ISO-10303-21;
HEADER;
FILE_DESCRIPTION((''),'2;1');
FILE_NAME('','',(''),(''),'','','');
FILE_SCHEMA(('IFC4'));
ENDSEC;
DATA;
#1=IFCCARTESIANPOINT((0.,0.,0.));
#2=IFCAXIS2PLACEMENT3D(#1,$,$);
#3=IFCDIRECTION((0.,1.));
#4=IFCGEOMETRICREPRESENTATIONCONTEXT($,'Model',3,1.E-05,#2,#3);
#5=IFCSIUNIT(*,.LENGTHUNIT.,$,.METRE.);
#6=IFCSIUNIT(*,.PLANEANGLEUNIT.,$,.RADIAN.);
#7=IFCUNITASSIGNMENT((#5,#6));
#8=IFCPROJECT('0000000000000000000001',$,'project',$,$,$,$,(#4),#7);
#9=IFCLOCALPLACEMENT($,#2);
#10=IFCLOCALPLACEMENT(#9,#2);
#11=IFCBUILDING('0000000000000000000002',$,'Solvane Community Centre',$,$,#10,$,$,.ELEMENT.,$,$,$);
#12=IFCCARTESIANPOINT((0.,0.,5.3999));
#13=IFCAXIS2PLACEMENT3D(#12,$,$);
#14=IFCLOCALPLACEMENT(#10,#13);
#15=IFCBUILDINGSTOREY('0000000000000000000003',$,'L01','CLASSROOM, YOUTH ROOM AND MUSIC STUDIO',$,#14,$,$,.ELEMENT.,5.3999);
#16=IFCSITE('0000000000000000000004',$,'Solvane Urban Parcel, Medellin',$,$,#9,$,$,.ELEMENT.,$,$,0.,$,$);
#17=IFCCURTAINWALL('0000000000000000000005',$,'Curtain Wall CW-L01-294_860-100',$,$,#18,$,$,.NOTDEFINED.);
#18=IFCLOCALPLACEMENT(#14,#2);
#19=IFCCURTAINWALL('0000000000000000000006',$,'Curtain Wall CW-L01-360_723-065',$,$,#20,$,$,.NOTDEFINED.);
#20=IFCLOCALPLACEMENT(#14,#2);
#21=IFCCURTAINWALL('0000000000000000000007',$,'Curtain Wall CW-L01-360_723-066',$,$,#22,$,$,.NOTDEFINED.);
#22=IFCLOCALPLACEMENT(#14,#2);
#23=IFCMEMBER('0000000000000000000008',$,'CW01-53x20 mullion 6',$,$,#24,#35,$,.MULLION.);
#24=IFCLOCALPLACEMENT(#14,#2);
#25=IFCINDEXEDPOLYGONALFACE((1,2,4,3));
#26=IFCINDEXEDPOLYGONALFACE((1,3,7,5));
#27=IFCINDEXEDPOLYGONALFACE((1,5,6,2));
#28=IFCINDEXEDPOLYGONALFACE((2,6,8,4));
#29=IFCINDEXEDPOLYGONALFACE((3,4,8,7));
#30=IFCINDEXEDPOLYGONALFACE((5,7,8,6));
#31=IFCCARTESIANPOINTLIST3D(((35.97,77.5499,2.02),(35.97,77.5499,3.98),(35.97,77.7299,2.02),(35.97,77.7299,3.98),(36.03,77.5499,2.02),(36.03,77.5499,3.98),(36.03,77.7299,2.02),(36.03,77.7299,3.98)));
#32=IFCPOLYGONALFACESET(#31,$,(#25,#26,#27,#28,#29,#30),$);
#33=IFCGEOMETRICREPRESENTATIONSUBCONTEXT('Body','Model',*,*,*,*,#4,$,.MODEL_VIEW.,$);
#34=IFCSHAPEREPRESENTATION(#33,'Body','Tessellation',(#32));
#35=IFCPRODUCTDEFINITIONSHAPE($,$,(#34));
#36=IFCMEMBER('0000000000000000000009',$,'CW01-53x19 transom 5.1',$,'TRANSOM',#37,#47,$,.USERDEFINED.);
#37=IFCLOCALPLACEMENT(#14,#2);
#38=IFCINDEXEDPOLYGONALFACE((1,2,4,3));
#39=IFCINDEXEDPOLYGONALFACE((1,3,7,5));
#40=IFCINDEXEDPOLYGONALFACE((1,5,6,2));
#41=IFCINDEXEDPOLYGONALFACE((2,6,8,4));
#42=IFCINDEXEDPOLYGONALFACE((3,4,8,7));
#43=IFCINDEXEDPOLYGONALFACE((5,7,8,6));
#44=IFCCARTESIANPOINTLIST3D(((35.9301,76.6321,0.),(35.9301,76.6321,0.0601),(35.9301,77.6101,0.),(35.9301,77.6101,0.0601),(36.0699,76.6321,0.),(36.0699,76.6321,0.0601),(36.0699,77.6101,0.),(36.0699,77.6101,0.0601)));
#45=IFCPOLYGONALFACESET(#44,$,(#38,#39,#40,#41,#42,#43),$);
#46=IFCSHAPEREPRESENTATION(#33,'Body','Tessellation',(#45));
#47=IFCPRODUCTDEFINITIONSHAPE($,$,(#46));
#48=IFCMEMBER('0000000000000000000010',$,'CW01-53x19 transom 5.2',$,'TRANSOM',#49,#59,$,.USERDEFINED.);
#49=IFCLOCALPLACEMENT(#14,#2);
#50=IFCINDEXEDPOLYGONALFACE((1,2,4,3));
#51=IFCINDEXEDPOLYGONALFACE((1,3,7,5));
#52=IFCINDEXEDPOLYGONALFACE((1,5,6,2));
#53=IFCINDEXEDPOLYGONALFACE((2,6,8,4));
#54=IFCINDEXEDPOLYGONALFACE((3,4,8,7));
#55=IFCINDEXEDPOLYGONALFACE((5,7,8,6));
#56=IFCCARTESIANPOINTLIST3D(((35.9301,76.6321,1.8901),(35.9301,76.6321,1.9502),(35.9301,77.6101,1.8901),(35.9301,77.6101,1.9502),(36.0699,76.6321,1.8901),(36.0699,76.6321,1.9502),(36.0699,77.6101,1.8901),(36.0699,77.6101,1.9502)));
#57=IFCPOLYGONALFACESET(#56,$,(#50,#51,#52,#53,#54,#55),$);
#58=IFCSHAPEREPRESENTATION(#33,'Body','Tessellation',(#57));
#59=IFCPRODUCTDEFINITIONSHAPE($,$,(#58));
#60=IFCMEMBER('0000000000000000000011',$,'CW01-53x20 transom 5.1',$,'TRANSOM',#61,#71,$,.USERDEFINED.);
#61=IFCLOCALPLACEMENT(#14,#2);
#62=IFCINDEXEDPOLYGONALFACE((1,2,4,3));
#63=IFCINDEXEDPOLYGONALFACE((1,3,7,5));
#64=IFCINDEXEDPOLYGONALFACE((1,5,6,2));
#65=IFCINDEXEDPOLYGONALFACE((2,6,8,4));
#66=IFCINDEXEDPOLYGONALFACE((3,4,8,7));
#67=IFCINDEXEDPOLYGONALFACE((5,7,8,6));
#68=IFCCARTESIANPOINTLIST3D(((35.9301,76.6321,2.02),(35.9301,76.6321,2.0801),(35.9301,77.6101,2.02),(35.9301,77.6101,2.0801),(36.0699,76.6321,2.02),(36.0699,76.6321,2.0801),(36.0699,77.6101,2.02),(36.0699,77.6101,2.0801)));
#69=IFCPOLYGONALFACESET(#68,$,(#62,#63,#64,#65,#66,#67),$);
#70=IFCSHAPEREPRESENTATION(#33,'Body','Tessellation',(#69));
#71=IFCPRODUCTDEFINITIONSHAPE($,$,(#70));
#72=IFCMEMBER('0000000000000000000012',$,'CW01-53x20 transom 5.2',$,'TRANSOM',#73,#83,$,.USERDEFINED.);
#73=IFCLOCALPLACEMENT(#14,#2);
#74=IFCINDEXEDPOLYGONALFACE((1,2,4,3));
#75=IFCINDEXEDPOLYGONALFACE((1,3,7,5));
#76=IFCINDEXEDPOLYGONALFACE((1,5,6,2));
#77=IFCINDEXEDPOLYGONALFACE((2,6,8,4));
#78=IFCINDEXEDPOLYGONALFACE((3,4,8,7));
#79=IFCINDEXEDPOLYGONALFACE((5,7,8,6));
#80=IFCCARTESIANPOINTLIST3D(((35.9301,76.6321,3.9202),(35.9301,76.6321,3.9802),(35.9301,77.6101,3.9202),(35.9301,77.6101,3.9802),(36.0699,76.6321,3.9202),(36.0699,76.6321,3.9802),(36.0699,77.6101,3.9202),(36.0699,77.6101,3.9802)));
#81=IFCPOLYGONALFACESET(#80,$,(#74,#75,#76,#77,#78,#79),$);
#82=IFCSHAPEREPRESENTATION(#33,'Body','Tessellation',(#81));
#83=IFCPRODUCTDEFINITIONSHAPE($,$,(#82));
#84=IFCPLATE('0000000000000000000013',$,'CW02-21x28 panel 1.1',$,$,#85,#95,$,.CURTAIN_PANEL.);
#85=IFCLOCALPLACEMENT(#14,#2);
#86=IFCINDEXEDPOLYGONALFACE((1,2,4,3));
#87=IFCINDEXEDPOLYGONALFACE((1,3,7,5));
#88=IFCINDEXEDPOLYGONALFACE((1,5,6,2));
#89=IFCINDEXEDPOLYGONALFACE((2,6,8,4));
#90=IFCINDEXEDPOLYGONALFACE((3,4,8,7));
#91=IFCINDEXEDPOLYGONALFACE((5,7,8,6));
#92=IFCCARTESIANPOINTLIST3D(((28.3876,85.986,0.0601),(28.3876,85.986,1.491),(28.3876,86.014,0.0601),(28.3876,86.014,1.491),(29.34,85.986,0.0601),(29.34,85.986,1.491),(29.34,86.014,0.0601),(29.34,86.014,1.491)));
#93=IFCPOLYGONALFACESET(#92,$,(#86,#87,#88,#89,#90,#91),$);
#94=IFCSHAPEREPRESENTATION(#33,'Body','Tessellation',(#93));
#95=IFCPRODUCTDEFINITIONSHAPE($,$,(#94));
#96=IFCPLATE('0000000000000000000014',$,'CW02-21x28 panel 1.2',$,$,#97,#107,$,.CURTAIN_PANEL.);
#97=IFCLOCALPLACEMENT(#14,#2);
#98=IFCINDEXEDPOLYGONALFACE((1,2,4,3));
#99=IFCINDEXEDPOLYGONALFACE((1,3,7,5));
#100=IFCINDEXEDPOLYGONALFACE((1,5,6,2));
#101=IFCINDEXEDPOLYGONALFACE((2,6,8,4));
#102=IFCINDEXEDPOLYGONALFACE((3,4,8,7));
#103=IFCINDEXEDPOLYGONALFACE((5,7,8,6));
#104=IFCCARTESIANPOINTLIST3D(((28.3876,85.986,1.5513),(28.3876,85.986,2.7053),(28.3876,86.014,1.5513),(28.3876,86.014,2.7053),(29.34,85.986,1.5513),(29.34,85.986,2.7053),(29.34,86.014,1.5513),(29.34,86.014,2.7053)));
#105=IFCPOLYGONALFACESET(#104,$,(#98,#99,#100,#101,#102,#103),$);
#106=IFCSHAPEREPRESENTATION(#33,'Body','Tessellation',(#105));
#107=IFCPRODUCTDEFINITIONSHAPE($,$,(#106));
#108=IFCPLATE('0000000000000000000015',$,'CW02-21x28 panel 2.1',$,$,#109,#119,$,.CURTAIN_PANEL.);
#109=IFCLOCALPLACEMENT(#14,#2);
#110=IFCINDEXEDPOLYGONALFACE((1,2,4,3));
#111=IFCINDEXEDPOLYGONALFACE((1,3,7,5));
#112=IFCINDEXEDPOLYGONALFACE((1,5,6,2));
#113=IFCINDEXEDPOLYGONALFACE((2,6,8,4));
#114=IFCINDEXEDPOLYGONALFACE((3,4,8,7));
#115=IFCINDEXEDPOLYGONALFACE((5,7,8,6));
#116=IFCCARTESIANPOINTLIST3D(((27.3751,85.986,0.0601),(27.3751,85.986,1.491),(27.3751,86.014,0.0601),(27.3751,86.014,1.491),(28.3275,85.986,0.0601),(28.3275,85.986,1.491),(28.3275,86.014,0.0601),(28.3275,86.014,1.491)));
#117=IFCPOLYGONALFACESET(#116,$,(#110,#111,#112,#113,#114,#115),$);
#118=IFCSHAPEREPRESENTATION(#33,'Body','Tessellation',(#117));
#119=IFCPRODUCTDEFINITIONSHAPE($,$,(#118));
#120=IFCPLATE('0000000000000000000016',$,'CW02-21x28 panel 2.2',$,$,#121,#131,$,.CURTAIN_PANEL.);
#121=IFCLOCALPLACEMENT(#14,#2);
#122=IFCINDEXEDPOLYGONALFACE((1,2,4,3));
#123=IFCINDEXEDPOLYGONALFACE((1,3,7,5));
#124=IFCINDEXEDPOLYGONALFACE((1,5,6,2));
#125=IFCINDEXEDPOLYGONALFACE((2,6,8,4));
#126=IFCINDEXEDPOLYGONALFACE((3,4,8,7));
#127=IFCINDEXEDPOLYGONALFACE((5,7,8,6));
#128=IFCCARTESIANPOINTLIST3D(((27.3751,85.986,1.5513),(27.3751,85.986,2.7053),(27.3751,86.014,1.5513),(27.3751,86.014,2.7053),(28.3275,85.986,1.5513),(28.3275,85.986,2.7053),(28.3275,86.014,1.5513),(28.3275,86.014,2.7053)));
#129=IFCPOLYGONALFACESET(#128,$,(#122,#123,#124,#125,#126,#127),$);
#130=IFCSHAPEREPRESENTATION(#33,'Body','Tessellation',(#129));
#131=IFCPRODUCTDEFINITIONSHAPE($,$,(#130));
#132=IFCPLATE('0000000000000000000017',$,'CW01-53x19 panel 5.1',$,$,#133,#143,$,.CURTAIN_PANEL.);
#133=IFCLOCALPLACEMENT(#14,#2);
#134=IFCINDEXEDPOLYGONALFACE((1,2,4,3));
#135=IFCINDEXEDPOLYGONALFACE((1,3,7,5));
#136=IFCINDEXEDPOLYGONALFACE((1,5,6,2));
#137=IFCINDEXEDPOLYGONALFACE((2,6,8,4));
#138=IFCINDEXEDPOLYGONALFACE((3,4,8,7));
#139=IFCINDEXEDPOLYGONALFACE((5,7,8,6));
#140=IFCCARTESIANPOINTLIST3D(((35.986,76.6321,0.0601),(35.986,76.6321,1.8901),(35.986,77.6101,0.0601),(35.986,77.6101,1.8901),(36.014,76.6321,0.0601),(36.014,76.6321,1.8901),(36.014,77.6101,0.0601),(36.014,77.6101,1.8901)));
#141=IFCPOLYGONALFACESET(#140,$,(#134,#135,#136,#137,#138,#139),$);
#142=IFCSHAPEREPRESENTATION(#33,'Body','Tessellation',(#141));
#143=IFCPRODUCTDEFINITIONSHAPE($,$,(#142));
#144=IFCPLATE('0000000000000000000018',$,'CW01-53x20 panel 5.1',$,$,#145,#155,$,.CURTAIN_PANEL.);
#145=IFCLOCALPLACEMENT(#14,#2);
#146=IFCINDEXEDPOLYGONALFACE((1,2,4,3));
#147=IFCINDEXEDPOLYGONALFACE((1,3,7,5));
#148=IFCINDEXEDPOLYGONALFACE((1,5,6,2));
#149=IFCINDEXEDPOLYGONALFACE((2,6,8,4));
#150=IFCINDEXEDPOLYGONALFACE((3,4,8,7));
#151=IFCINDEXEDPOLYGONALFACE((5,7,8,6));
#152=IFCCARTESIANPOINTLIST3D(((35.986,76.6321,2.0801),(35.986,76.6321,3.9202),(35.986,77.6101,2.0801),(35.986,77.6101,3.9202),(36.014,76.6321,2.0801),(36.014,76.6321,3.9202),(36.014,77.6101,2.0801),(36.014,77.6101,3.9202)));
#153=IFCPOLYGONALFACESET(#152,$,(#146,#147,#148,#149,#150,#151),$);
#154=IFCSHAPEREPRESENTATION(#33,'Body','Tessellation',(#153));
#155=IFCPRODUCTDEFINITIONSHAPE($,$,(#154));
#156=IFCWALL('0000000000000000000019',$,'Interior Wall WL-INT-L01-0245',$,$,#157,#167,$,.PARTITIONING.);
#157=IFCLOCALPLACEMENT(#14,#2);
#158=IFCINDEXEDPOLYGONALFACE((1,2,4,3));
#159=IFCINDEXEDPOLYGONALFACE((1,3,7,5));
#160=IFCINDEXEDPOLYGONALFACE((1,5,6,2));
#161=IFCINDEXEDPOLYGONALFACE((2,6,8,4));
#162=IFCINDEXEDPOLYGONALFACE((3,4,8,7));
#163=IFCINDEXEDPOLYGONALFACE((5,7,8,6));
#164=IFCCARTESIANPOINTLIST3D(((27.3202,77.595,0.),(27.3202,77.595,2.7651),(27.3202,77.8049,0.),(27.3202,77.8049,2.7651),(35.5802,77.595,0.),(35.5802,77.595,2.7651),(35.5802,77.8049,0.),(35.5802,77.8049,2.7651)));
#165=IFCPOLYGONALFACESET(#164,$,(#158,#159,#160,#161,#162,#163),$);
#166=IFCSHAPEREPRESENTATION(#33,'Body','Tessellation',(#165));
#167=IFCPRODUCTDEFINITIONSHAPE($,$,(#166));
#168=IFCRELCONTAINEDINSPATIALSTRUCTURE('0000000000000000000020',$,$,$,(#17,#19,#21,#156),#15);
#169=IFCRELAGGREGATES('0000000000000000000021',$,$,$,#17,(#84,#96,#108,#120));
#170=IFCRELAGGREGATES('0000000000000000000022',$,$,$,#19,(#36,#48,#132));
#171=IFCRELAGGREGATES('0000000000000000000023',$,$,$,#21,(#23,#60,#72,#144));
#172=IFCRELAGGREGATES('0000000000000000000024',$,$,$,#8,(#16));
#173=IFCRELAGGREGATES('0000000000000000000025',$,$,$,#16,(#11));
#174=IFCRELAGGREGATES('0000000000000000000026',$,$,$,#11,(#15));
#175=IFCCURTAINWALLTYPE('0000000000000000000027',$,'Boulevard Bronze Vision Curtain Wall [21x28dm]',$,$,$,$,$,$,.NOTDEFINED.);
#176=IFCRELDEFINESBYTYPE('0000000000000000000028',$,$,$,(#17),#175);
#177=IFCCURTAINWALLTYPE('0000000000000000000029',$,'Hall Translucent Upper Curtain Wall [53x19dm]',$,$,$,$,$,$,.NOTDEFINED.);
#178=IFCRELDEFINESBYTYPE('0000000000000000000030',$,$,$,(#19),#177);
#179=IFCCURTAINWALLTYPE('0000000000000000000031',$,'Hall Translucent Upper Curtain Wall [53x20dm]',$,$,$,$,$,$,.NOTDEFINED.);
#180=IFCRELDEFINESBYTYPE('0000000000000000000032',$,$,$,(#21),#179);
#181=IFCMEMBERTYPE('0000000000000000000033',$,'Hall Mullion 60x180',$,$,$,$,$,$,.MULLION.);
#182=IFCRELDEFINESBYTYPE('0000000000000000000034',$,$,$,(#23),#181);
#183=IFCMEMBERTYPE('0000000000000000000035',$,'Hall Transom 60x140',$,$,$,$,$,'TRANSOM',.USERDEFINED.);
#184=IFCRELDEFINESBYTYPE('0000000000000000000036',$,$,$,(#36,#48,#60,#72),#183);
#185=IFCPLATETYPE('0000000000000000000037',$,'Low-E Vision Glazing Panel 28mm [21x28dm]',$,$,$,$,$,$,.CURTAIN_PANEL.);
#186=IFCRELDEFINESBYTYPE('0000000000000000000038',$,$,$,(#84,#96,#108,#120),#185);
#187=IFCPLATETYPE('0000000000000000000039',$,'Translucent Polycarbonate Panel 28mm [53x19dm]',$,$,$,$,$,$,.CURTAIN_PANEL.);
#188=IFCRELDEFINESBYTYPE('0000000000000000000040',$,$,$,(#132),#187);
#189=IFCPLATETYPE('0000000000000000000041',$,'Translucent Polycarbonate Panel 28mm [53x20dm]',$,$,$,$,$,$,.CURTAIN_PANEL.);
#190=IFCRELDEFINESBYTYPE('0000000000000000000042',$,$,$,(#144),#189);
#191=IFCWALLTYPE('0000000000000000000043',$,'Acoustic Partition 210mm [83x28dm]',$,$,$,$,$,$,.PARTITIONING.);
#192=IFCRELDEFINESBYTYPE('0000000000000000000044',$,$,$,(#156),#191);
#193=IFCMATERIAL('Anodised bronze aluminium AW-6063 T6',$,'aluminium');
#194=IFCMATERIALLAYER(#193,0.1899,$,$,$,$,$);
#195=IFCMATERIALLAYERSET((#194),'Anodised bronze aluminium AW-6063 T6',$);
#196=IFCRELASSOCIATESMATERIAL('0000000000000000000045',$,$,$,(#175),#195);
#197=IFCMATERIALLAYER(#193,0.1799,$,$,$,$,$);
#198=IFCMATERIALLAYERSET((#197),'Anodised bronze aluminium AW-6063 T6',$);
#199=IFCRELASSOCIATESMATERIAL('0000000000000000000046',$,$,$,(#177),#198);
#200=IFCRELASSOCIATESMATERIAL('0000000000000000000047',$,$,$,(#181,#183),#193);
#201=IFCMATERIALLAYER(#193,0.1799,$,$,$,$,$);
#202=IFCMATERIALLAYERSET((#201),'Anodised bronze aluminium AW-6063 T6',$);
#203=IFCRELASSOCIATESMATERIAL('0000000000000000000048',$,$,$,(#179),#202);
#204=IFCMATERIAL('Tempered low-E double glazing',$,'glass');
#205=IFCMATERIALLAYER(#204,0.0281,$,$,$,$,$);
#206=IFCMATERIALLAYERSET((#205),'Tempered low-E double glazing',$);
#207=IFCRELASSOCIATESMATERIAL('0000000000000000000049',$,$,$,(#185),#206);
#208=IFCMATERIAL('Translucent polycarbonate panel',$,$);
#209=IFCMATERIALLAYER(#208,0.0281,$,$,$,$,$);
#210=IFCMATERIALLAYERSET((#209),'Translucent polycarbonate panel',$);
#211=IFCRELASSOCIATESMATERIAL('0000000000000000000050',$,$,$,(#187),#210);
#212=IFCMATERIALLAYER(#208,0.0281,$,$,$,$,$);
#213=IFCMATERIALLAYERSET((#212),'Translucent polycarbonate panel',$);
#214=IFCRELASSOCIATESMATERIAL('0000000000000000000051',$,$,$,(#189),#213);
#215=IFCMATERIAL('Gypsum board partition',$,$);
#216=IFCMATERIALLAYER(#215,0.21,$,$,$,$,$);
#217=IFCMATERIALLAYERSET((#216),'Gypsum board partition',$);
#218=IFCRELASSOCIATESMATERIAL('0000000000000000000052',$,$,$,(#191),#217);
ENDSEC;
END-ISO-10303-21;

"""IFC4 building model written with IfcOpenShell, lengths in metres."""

from ifc_helpers import new_model, si_unit, direction, frame, frame_2d, origin, origin_2d, place, context, subcontext, project, spatial, rectangle, extrude, material, layer, layer_set, material_profile, profile_set, type_object, element, aggregate, save


model = new_model("IFC4")

# Units and contexts
model_context = context("Model", 3, precision=1e-05, world=origin(), true_north=direction((0.0, 1.0)))
body_context = subcontext(model_context, "Body", "Model", "MODEL_VIEW")
ifc_project = project(units=[si_unit("LENGTHUNIT", "METRE"), si_unit("PLANEANGLEUNIT", "RADIAN")], contexts=[model_context])

# Site, building, storey
site_placement = place(None, origin())
site = spatial("IfcSite", under=ifc_project, at=site_placement, Name="Solvane Urban Parcel, Medellin", CompositionType="ELEMENT", RefElevation=0.0)
building_placement = place(site_placement, origin())
building = spatial("IfcBuilding", under=site, at=building_placement, Name="Solvane Community Centre", CompositionType="ELEMENT")
storey_placement = place(building_placement, frame((0.0, 0.0, 5.3999)))
storey = spatial("IfcBuildingStorey", under=building, at=storey_placement, Name="L01", Description="CLASSROOM, YOUTH ROOM AND MUSIC STUDIO", CompositionType="ELEMENT", Elevation=5.3999)

# Curtain walls, member
ifc_material_1 = material(Name="Anodised bronze aluminium AW-6063 T6", Category="aluminium")
ifc_layer_1 = layer(ifc_material_1, 0.1899)
ifc_layer_set_1 = layer_set([ifc_layer_1], Name="Anodised bronze aluminium AW-6063 T6")
curtain_wall_type_1 = type_object("IfcCurtainWallType", Name="Boulevard Bronze Vision Curtain Wall [21x28dm]", PredefinedType="NOTDEFINED", material=ifc_layer_set_1)
curtain_wall_1_placement = place(storey_placement, origin())
curtain_wall_1 = element("IfcCurtainWall", 1, at=curtain_wall_1_placement, inside=storey, type_object=curtain_wall_type_1, Name="Curtain Wall CW-L01-294_860-100", PredefinedType="NOTDEFINED")
ifc_layer_2 = layer(ifc_material_1, 0.1799)
ifc_layer_set_2 = layer_set([ifc_layer_2], Name="Anodised bronze aluminium AW-6063 T6")
curtain_wall_type_2 = type_object("IfcCurtainWallType", Name="Hall Translucent Upper Curtain Wall [53x19dm]", PredefinedType="NOTDEFINED", material=ifc_layer_set_2)
curtain_wall_2_placement = place(storey_placement, origin())
curtain_wall_2 = element("IfcCurtainWall", 2, at=curtain_wall_2_placement, inside=storey, type_object=curtain_wall_type_2, Name="Curtain Wall CW-L01-360_723-065", PredefinedType="NOTDEFINED")
ifc_material_profile_1 = material_profile(ifc_material_1, rectangle(XDim=0.0601, YDim=0.1799, at=origin_2d()), Name="CW-M 60x180")
ifc_profile_set_1 = profile_set([ifc_material_profile_1], Name="Anodised bronze aluminium AW-6063 T6")
member_type_1 = type_object("IfcMemberType", Name="Hall Mullion 60x180", PredefinedType="MULLION", material=ifc_profile_set_1)
ifc_layer_3 = layer(ifc_material_1, 0.1799)
ifc_layer_set_3 = layer_set([ifc_layer_3], Name="Anodised bronze aluminium AW-6063 T6")
curtain_wall_type_3 = type_object("IfcCurtainWallType", Name="Hall Translucent Upper Curtain Wall [53x20dm]", PredefinedType="NOTDEFINED", material=ifc_layer_set_3)
curtain_wall_3_placement = place(storey_placement, origin())
curtain_wall_3 = element("IfcCurtainWall", 3, at=curtain_wall_3_placement, inside=storey, type_object=curtain_wall_type_3, Name="Curtain Wall CW-L01-360_723-066", PredefinedType="NOTDEFINED")
member_1_placement = place(storey_placement, frame((36.0, 77.6399, 2.02), z_axis=(0.0, 0.0, 1.0), x_axis=(-1.0, 0.0, 0.0)))
member_1 = element("IfcMember", 4, at=member_1_placement, type_object=member_type_1, Name="CW01-53x20 mullion 6", PredefinedType="MULLION", context=body_context, shape_type="SweptSolid", body=[
    extrude(rectangle(XDim=0.0601, YDim=0.1799, at=origin_2d()), origin(), (0.0, 0.0, 1.0), 1.96),
])

# Members
ifc_material_profile_2 = material_profile(ifc_material_1, rectangle(XDim=0.1399, YDim=0.0601, at=origin_2d()), Name="CW-T 60x140")
ifc_profile_set_2 = profile_set([ifc_material_profile_2], Name="Anodised bronze aluminium AW-6063 T6")
member_type_2 = type_object("IfcMemberType", Name="Hall Transom 60x140", ElementType="TRANSOM", PredefinedType="USERDEFINED", material=ifc_profile_set_2)
member_2_placement = place(storey_placement, frame((36.0, 76.6321, 0.03), z_axis=(0.0, 1.0, 0.0), x_axis=(-1.0, 0.0, 0.0)))
member_2 = element("IfcMember", 5, at=member_2_placement, type_object=member_type_2, Name="CW01-53x19 transom 5.1", ObjectType="TRANSOM", PredefinedType="USERDEFINED", context=body_context, shape_type="SweptSolid", body=[
    extrude(rectangle(XDim=0.1399, YDim=0.0601, at=origin_2d()), origin(), (0.0, 0.0, 1.0), 0.978),
])
member_3_placement = place(storey_placement, frame((36.0, 76.6321, 1.9202), z_axis=(0.0, 1.0, 0.0), x_axis=(-1.0, 0.0, 0.0)))
member_3 = element("IfcMember", 6, at=member_3_placement, type_object=member_type_2, Name="CW01-53x19 transom 5.2", ObjectType="TRANSOM", PredefinedType="USERDEFINED", context=body_context, shape_type="SweptSolid", body=[
    extrude(rectangle(XDim=0.1399, YDim=0.0601, at=origin_2d()), origin(), (0.0, 0.0, 1.0), 0.978),
])
member_4_placement = place(storey_placement, frame((36.0, 76.6321, 2.05), z_axis=(0.0, 1.0, 0.0), x_axis=(-1.0, 0.0, 0.0)))
member_4 = element("IfcMember", 7, at=member_4_placement, type_object=member_type_2, Name="CW01-53x20 transom 5.1", ObjectType="TRANSOM", PredefinedType="USERDEFINED", context=body_context, shape_type="SweptSolid", body=[
    extrude(rectangle(XDim=0.1399, YDim=0.0601, at=origin_2d()), origin(), (0.0, 0.0, 1.0), 0.978),
])
member_5_placement = place(storey_placement, frame((36.0, 76.6321, 3.9502), z_axis=(0.0, 1.0, 0.0), x_axis=(-1.0, 0.0, 0.0)))
member_5 = element("IfcMember", 8, at=member_5_placement, type_object=member_type_2, Name="CW01-53x20 transom 5.2", ObjectType="TRANSOM", PredefinedType="USERDEFINED", context=body_context, shape_type="SweptSolid", body=[
    extrude(rectangle(XDim=0.1399, YDim=0.0601, at=origin_2d()), origin(), (0.0, 0.0, 1.0), 0.978),
])

# Plates
ifc_material_2 = material(Name="Tempered low-E double glazing", Category="glass")
ifc_layer_4 = layer(ifc_material_2, 0.0281)
ifc_layer_set_4 = layer_set([ifc_layer_4], Name="Tempered low-E double glazing")
plate_type_1 = type_object("IfcPlateType", Name="Low-E Vision Glazing Panel 28mm [21x28dm]", PredefinedType="CURTAIN_PANEL", material=ifc_layer_set_4)
plate_1_placement = place(storey_placement, frame((28.8638, 86.0, 0.0601), z_axis=(0.0, 0.0, 1.0), x_axis=(-1.0, 0.0, 0.0)))
plate_1 = element("IfcPlate", 9, at=plate_1_placement, type_object=plate_type_1, Name="CW02-21x28 panel 1.1", PredefinedType="CURTAIN_PANEL", context=body_context, shape_type="SweptSolid", body=[
    extrude(rectangle(XDim=0.9524, YDim=0.0281, at=origin_2d()), origin(), (0.0, 0.0, 1.0), 1.4309),
])
plate_2_placement = place(storey_placement, frame((28.8638, 86.0, 1.5513), z_axis=(0.0, 0.0, 1.0), x_axis=(-1.0, 0.0, 0.0)))
plate_2 = element("IfcPlate", 10, at=plate_2_placement, type_object=plate_type_1, Name="CW02-21x28 panel 1.2", PredefinedType="CURTAIN_PANEL", context=body_context, shape_type="SweptSolid", body=[
    extrude(rectangle(XDim=0.9524, YDim=0.0281, at=origin_2d()), origin(), (0.0, 0.0, 1.0), 1.1541),
])
plate_3_placement = place(storey_placement, frame((27.8513, 86.0, 0.0601), z_axis=(0.0, 0.0, 1.0), x_axis=(-1.0, 0.0, 0.0)))
plate_3 = element("IfcPlate", 11, at=plate_3_placement, type_object=plate_type_1, Name="CW02-21x28 panel 2.1", PredefinedType="CURTAIN_PANEL", context=body_context, shape_type="SweptSolid", body=[
    extrude(rectangle(XDim=0.9524, YDim=0.0281, at=origin_2d()), origin(), (0.0, 0.0, 1.0), 1.4309),
])
plate_4_placement = place(storey_placement, frame((27.8513, 86.0, 1.5513), z_axis=(0.0, 0.0, 1.0), x_axis=(-1.0, 0.0, 0.0)))
plate_4 = element("IfcPlate", 12, at=plate_4_placement, type_object=plate_type_1, Name="CW02-21x28 panel 2.2", PredefinedType="CURTAIN_PANEL", context=body_context, shape_type="SweptSolid", body=[
    extrude(rectangle(XDim=0.9524, YDim=0.0281, at=origin_2d()), origin(), (0.0, 0.0, 1.0), 1.1541),
])
aggregate(curtain_wall_1, [plate_1, plate_2, plate_3, plate_4])
ifc_material_3 = material(Name="Translucent polycarbonate panel")
ifc_layer_5 = layer(ifc_material_3, 0.0281)
ifc_layer_set_5 = layer_set([ifc_layer_5], Name="Translucent polycarbonate panel")
plate_type_2 = type_object("IfcPlateType", Name="Translucent Polycarbonate Panel 28mm [53x19dm]", PredefinedType="CURTAIN_PANEL", material=ifc_layer_set_5)
plate_5_placement = place(storey_placement, frame((36.0, 77.1211, 0.0601), z_axis=(0.0, 0.0, 1.0), x_axis=(0.0, 1.0, 0.0)))
plate_5 = element("IfcPlate", 13, at=plate_5_placement, type_object=plate_type_2, Name="CW01-53x19 panel 5.1", PredefinedType="CURTAIN_PANEL", context=body_context, shape_type="SweptSolid", body=[
    extrude(rectangle(XDim=0.978, YDim=0.0281, at=origin_2d()), origin(), (0.0, 0.0, 1.0), 1.8301),
])
aggregate(curtain_wall_2, [member_2, member_3, plate_5])
ifc_layer_6 = layer(ifc_material_3, 0.0281)
ifc_layer_set_6 = layer_set([ifc_layer_6], Name="Translucent polycarbonate panel")
plate_type_3 = type_object("IfcPlateType", Name="Translucent Polycarbonate Panel 28mm [53x20dm]", PredefinedType="CURTAIN_PANEL", material=ifc_layer_set_6)
plate_6_placement = place(storey_placement, frame((36.0, 77.1211, 2.0801), z_axis=(0.0, 0.0, 1.0), x_axis=(0.0, 1.0, 0.0)))
plate_6 = element("IfcPlate", 14, at=plate_6_placement, type_object=plate_type_3, Name="CW01-53x20 panel 5.1", PredefinedType="CURTAIN_PANEL", context=body_context, shape_type="SweptSolid", body=[
    extrude(rectangle(XDim=0.978, YDim=0.0281, at=origin_2d()), origin(), (0.0, 0.0, 1.0), 1.8401),
])
aggregate(curtain_wall_3, [member_1, member_4, member_5, plate_6])

# Wall
ifc_material_4 = material(Name="Gypsum board partition")
ifc_layer_7 = layer(ifc_material_4, 0.21)
ifc_layer_set_7 = layer_set([ifc_layer_7], Name="Gypsum board partition")
wall_type = type_object("IfcWallType", Name="Acoustic Partition 210mm [83x28dm]", PredefinedType="PARTITIONING", material=ifc_layer_set_7)
wall_placement = place(storey_placement, frame((35.5801, 77.7, 0.0), z_axis=(0.0, 0.0, 1.0), x_axis=(-1.0, 0.0, 0.0)))
element("IfcWall", 15, at=wall_placement, inside=storey, type_object=wall_type, Name="Interior Wall WL-INT-L01-0245", PredefinedType="PARTITIONING", context=body_context, shape_type="SweptSolid", body=[
    extrude(rectangle(XDim=8.26, YDim=0.21, at=frame_2d((4.1299, 0.0))), origin(), (0.0, 0.0, 1.0), 2.7651),
])

save(model, "model.ifc")
